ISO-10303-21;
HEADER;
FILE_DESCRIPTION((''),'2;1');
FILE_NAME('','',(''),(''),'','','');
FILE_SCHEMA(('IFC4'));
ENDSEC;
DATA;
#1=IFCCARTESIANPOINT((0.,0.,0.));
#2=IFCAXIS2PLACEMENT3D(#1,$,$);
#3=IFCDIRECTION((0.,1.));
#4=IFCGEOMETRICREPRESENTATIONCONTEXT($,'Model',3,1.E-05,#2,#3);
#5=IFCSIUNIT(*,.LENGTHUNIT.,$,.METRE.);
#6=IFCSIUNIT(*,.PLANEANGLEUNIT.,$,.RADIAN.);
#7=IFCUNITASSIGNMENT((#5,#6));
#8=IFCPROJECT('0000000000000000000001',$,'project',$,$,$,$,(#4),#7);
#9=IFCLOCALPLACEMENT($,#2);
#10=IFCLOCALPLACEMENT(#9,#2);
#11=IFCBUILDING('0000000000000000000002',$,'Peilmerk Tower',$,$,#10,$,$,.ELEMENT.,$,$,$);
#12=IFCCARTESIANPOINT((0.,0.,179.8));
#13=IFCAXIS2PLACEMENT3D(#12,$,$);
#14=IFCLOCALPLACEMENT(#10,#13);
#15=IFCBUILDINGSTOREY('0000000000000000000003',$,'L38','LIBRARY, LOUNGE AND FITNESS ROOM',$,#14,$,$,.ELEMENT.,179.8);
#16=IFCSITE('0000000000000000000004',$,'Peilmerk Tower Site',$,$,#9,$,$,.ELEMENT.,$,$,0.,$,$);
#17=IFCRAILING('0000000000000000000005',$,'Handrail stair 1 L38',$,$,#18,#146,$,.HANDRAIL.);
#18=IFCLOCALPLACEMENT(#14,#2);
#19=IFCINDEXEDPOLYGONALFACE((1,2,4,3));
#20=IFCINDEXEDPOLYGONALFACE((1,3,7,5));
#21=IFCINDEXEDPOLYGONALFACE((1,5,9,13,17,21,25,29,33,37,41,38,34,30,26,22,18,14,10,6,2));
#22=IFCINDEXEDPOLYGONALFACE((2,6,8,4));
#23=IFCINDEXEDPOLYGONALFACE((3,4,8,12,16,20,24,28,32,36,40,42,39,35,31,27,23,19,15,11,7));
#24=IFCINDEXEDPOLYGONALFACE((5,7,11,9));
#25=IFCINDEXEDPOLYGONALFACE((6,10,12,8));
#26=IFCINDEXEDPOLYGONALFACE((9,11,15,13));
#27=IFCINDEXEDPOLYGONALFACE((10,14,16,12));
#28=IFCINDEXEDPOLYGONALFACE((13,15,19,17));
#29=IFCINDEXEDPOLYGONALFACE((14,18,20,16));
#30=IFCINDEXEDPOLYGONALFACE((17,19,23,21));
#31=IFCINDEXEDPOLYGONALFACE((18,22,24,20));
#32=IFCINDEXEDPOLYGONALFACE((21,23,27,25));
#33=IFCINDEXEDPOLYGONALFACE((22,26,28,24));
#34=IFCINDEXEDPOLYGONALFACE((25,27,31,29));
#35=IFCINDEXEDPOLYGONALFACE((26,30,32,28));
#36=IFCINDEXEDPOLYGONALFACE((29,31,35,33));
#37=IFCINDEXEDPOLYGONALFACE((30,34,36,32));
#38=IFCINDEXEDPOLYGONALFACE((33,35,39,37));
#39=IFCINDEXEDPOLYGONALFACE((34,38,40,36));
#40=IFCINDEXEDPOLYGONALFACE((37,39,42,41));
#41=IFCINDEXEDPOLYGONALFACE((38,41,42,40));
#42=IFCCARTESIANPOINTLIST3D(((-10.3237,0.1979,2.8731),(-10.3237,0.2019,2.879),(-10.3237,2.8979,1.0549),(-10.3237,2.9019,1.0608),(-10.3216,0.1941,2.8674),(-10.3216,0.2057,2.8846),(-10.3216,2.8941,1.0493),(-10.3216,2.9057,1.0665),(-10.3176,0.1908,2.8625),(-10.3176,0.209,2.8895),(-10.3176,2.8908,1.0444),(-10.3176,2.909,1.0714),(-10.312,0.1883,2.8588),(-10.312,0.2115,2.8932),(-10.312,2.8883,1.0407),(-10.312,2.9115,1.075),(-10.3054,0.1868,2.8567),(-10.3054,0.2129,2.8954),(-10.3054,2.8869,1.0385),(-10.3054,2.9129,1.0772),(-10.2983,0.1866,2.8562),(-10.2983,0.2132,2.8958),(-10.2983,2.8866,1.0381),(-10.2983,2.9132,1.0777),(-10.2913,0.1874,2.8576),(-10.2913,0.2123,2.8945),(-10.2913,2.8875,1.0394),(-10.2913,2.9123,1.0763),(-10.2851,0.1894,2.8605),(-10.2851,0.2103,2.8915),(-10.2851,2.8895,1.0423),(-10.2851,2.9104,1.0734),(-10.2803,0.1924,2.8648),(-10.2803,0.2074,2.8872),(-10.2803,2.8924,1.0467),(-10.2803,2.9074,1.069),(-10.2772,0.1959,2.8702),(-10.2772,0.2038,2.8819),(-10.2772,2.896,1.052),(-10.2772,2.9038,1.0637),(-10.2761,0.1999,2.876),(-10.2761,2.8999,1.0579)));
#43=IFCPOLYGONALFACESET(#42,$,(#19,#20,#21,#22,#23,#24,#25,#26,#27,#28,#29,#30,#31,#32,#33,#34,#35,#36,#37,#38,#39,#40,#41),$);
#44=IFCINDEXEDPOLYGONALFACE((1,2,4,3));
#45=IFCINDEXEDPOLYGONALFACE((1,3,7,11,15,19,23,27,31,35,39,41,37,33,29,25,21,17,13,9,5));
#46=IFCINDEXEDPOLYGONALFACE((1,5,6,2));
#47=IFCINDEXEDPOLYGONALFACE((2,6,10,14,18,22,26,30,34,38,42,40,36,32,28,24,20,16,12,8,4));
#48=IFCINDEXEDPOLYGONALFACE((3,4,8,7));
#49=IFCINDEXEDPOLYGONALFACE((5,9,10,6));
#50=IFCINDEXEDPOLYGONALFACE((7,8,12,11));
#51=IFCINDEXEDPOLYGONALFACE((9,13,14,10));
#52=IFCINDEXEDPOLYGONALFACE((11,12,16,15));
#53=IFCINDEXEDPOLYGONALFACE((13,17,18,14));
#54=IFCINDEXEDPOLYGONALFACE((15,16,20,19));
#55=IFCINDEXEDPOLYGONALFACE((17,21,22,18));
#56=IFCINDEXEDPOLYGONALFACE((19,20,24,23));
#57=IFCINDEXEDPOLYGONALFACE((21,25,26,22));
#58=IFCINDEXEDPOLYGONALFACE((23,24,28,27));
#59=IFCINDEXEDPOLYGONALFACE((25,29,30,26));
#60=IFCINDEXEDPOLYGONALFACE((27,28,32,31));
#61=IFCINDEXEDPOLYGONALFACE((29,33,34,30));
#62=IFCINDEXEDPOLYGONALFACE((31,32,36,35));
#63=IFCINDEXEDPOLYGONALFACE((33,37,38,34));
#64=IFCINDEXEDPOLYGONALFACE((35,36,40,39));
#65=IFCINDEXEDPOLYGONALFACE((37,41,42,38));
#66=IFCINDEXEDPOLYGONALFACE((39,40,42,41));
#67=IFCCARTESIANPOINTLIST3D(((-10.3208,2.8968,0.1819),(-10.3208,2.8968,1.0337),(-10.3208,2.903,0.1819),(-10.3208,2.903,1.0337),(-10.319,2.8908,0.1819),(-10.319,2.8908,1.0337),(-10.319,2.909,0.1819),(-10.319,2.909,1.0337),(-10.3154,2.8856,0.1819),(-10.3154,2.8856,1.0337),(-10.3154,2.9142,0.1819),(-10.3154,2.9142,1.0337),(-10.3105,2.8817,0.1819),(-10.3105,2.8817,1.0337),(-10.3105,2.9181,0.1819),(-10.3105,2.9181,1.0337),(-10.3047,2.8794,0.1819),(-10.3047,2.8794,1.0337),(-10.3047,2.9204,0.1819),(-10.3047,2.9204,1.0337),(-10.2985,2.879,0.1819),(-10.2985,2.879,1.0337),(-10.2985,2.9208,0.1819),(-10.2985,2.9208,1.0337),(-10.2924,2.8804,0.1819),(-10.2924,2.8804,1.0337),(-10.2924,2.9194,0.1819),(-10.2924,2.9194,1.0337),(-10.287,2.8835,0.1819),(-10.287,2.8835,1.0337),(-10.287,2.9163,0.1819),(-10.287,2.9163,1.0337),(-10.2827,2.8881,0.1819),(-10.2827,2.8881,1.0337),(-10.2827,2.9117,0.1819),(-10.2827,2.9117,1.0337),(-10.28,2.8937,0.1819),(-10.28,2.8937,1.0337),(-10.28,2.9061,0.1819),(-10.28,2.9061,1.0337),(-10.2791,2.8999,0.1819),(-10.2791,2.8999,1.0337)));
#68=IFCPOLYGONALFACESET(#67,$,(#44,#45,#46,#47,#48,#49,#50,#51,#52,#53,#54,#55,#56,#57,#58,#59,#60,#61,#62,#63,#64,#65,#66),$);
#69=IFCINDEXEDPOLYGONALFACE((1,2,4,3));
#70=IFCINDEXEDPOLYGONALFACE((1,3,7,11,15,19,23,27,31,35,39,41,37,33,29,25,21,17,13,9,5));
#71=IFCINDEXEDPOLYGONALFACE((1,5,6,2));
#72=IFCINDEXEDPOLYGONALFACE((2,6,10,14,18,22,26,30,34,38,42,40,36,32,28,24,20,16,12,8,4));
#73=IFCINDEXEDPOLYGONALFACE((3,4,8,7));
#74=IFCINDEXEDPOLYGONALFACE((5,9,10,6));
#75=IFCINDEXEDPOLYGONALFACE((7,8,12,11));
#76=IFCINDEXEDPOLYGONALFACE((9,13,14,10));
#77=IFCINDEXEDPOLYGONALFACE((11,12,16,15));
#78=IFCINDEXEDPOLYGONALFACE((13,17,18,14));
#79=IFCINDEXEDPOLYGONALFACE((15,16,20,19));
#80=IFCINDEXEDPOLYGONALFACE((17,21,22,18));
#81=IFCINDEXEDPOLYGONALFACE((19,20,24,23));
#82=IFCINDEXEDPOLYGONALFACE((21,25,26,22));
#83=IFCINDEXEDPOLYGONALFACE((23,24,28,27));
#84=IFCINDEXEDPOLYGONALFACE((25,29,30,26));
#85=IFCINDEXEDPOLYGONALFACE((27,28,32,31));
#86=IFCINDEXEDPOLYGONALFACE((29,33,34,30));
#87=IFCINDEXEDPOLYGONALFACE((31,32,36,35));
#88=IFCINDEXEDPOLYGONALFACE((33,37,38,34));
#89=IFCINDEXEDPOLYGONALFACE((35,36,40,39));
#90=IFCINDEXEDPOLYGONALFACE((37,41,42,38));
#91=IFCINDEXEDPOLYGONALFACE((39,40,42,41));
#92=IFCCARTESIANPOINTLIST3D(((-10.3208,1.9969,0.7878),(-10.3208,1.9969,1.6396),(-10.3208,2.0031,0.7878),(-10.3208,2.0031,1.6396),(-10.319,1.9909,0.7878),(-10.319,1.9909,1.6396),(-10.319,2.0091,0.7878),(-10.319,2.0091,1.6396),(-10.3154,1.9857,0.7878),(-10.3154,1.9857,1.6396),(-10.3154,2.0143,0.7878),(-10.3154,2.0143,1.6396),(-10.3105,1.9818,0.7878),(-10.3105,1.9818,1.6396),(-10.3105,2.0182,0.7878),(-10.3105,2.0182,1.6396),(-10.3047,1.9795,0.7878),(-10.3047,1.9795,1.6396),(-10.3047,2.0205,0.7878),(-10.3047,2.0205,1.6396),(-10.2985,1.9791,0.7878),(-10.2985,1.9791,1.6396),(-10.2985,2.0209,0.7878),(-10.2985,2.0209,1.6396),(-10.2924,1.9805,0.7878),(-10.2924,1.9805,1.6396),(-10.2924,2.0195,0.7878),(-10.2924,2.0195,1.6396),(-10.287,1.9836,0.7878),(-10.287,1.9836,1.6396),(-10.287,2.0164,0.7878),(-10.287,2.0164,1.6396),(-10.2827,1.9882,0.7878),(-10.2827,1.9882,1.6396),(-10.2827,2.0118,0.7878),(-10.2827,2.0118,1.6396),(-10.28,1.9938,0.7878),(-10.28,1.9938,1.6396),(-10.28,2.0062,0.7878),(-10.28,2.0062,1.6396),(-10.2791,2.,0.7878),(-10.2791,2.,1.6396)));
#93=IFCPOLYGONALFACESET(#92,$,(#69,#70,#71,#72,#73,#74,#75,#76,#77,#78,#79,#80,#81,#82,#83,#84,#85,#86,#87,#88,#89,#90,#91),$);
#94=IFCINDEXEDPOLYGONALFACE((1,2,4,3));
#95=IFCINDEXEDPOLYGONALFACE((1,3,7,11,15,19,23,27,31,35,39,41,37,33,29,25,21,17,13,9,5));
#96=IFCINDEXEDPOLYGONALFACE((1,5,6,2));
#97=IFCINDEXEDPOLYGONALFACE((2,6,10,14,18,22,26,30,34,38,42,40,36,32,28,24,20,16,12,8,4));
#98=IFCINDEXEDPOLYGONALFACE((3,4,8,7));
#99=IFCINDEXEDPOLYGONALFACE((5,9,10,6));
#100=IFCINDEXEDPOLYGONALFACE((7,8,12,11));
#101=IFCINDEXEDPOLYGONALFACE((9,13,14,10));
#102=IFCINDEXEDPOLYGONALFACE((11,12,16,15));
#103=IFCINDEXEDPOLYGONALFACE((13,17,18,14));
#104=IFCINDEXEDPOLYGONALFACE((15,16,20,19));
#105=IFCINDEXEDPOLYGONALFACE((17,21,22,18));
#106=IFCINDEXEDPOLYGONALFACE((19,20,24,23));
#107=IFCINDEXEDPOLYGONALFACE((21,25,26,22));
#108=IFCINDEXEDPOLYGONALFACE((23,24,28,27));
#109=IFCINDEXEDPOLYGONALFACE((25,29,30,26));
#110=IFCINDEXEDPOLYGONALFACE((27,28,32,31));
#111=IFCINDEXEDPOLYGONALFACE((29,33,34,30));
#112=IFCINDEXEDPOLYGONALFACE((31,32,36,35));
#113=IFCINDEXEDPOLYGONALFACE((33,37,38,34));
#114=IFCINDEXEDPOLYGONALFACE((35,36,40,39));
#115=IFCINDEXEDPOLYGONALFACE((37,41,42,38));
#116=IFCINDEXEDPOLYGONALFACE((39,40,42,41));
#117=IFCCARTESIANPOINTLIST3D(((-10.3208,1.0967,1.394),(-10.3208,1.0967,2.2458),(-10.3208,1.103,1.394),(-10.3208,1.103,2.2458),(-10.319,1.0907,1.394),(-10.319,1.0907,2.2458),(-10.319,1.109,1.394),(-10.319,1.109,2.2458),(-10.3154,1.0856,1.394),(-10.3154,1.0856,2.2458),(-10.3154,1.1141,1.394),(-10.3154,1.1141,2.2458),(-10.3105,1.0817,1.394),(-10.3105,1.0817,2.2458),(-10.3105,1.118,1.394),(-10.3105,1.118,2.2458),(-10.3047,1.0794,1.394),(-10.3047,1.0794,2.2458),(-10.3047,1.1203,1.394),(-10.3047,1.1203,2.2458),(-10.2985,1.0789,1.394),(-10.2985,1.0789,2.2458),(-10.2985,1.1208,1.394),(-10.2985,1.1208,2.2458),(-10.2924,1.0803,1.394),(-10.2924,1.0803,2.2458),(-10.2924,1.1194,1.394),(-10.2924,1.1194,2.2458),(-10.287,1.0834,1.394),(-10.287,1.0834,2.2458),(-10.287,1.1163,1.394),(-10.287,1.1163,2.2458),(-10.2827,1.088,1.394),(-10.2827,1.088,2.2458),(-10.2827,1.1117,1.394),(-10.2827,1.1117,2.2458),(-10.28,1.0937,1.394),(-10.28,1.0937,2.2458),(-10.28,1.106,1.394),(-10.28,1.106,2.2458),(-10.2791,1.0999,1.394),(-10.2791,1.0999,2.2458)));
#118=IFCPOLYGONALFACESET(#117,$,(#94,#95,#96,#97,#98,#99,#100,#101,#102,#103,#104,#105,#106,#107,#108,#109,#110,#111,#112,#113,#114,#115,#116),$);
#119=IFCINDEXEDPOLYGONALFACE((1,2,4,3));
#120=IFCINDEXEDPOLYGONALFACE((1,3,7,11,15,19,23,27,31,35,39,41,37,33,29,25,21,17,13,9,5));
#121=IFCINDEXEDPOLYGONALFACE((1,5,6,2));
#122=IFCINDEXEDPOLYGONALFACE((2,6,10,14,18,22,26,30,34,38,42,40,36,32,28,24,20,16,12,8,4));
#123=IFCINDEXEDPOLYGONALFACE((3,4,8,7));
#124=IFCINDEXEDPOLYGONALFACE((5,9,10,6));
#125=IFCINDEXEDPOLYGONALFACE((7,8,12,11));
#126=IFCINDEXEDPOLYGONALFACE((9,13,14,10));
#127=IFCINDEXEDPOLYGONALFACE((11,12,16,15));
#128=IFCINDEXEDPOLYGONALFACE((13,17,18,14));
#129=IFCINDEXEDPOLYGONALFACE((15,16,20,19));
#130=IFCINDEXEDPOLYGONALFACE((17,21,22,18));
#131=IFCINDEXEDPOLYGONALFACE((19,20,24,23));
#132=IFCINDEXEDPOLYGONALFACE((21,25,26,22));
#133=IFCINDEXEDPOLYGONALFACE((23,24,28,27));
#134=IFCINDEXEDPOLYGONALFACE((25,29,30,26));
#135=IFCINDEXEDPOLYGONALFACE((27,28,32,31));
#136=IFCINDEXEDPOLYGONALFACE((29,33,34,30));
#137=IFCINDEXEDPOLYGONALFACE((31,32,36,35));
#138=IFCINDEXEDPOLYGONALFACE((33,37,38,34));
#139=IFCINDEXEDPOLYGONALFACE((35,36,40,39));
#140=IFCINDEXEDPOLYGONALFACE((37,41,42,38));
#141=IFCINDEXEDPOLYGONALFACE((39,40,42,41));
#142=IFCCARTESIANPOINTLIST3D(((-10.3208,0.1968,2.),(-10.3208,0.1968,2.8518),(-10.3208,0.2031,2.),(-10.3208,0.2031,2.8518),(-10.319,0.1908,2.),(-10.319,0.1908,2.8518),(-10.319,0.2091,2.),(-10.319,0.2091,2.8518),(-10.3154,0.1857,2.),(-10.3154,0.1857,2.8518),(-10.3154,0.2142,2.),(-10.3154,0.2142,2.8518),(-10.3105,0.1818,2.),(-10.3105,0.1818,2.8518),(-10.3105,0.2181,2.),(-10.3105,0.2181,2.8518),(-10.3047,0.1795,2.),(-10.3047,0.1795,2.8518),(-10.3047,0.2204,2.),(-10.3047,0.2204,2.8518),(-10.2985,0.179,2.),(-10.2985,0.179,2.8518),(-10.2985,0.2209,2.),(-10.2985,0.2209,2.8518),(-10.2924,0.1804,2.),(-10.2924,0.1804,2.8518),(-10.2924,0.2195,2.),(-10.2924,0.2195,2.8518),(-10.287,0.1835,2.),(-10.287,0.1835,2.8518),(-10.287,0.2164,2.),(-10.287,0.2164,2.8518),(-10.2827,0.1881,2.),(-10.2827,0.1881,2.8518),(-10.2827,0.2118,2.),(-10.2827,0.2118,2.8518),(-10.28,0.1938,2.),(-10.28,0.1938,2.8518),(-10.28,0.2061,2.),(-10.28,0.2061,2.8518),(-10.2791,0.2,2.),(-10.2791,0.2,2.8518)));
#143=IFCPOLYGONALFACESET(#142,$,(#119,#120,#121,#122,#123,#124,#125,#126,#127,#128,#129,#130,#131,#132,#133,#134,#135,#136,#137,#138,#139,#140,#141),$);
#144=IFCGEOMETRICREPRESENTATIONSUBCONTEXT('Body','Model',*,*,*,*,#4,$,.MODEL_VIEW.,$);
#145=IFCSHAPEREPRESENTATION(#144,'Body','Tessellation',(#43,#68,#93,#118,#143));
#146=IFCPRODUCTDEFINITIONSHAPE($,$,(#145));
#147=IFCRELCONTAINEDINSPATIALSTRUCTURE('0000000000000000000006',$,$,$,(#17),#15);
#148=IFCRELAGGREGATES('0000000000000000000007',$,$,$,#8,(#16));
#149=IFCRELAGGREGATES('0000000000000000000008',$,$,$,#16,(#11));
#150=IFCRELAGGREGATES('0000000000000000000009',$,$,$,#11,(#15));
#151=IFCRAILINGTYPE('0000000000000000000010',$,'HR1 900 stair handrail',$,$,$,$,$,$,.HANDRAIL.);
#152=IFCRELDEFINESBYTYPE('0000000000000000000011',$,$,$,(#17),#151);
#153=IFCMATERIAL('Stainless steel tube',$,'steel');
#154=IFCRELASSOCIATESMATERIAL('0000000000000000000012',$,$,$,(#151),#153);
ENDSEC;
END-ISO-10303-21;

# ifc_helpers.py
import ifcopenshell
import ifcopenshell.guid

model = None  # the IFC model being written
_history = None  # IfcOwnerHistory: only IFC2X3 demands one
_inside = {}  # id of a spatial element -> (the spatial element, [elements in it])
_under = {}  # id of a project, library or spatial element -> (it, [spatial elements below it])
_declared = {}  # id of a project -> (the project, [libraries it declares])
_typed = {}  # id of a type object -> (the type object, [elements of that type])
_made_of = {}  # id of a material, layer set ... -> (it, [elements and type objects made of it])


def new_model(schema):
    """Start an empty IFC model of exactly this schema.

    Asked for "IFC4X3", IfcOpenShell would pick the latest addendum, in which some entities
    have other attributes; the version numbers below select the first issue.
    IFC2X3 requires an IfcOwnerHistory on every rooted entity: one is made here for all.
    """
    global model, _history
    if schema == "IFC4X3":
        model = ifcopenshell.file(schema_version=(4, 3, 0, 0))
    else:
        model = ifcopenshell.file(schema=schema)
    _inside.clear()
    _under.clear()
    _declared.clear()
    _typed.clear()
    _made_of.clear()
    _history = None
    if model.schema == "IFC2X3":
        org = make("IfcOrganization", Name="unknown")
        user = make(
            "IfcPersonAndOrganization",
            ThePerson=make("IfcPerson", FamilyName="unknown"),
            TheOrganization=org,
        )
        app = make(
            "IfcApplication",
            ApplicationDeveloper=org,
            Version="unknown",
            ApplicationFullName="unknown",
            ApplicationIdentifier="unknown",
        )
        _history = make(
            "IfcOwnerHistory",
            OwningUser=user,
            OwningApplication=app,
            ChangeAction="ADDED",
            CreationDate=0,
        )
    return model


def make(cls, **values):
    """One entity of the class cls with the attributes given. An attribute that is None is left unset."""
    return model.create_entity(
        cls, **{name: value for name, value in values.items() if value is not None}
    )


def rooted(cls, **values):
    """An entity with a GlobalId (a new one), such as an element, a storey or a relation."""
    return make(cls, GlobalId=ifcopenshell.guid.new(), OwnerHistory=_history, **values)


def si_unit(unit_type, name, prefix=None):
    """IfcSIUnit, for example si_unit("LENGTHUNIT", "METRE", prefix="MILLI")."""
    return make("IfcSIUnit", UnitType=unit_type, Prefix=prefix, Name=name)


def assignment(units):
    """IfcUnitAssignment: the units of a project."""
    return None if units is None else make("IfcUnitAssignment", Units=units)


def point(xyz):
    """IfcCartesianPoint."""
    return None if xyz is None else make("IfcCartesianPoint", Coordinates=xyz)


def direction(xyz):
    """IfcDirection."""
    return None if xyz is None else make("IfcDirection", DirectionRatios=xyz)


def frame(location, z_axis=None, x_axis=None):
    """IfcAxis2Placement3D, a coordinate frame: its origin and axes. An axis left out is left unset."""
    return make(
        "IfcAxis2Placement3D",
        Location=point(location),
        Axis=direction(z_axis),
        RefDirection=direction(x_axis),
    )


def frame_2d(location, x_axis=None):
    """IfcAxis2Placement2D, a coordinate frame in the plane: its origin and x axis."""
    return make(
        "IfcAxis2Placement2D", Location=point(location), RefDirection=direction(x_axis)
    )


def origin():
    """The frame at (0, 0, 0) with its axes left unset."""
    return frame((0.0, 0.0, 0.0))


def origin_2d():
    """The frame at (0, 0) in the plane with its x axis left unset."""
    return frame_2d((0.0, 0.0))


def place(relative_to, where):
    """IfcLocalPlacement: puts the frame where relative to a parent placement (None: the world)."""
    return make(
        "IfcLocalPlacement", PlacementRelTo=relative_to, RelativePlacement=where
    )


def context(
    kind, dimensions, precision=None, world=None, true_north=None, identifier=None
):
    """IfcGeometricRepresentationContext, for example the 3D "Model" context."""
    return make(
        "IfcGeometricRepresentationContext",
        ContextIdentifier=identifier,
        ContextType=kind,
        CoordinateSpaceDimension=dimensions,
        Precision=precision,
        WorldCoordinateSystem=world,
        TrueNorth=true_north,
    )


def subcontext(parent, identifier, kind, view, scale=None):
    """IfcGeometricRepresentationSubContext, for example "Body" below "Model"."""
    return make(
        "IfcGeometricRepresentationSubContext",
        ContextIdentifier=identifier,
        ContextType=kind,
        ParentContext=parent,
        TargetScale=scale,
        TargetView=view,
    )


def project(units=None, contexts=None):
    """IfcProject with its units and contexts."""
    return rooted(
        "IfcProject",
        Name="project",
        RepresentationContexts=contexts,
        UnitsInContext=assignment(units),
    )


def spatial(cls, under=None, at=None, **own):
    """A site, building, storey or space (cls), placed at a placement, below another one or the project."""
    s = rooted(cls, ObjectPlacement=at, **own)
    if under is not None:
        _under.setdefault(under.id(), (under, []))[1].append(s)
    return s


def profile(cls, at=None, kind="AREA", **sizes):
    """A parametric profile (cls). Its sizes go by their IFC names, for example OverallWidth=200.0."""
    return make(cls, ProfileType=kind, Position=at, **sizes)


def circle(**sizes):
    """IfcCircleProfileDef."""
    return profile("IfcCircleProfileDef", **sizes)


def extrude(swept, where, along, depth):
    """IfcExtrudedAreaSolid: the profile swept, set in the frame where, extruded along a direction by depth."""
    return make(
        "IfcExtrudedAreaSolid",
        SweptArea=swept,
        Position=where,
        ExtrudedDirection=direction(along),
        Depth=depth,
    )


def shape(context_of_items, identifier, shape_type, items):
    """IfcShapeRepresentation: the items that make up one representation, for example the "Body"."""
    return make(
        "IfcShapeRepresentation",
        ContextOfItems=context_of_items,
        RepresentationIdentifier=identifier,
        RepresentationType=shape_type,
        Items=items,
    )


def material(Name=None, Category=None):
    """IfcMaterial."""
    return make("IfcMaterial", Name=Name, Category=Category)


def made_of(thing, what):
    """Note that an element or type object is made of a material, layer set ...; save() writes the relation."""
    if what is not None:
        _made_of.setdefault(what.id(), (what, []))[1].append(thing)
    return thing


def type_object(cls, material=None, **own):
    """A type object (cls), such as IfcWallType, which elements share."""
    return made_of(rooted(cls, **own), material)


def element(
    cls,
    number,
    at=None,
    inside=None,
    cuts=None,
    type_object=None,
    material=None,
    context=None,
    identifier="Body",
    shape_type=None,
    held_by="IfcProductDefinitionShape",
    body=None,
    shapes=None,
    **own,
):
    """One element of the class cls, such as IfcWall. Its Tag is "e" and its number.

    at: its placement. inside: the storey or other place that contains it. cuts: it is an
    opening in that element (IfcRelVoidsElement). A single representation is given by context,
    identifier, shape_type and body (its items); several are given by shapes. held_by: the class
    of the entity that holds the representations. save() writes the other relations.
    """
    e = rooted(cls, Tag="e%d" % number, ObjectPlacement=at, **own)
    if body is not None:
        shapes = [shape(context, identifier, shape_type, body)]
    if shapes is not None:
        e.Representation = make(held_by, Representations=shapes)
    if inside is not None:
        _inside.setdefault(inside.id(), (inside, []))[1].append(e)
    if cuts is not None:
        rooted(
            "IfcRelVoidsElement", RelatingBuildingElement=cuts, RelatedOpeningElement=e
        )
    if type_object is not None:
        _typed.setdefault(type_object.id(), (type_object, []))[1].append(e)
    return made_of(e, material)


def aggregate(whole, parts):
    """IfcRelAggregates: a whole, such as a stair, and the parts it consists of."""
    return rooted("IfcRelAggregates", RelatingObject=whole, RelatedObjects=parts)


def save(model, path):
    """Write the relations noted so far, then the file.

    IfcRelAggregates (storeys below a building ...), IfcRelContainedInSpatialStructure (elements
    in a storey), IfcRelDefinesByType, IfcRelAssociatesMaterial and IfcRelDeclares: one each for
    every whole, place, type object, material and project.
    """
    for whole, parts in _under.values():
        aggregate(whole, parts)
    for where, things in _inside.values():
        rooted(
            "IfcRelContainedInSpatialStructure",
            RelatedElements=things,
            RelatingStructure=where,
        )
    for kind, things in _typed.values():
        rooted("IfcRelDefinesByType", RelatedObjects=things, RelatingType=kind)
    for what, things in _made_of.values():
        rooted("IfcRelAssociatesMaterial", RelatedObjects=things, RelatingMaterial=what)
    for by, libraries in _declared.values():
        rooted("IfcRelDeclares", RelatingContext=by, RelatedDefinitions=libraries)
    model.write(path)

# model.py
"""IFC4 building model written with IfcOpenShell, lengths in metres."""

from ifc_helpers import new_model, si_unit, direction, frame, origin, origin_2d, place, context, subcontext, project, spatial, circle, extrude, material, type_object, element, save


model = new_model("IFC4")

# Units and contexts
model_context = context("Model", 3, precision=1e-05, world=origin(), true_north=direction((0.0, 1.0)))
body_context = subcontext(model_context, "Body", "Model", "MODEL_VIEW")
ifc_project = project(units=[si_unit("LENGTHUNIT", "METRE"), si_unit("PLANEANGLEUNIT", "RADIAN")], contexts=[model_context])

# Site, building, storey
site_placement = place(None, origin())
site = spatial("IfcSite", under=ifc_project, at=site_placement, Name="Peilmerk Tower Site", CompositionType="ELEMENT", RefElevation=0.0)
building_placement = place(site_placement, origin())
building = spatial("IfcBuilding", under=site, at=building_placement, Name="Peilmerk Tower", CompositionType="ELEMENT")
storey_placement = place(building_placement, frame((0.0, 0.0, 179.8)))
storey = spatial("IfcBuildingStorey", under=building, at=storey_placement, Name="L38", Description="LIBRARY, LOUNGE AND FITNESS ROOM", CompositionType="ELEMENT", Elevation=179.8)

# Railing
ifc_material_1 = material(Name="Stainless steel tube", Category="steel")
railing_type_1 = type_object("IfcRailingType", Name="HR1 900 stair handrail", PredefinedType="HANDRAIL", material=ifc_material_1)
railing_1_placement = place(storey_placement, frame((-10.3, 2.8999, 0.1819)))
element("IfcRailing", 1, at=railing_1_placement, inside=storey, type_object=railing_type_1, Name="Handrail stair 1 L38", PredefinedType="HANDRAIL", context=body_context, shape_type="SweptSolid", body=[
    extrude(circle(Radius=0.0239, at=origin_2d()), frame((0.0, 0.0, 0.876), z_axis=(0.0, -0.829468, 0.558554), x_axis=(1.0, 0.0, 0.0)), (0.0, 0.0, 1.0), 3.2551),
    extrude(circle(Radius=0.021, at=origin_2d()), origin(), (0.0, 0.0, 1.0), 0.8518),
    extrude(circle(Radius=0.021, at=origin_2d()), frame((0.0, -0.8999, 0.606)), (0.0, 0.0, 1.0), 0.8518),
    extrude(circle(Radius=0.021, at=origin_2d()), frame((0.0, -1.8, 1.2122)), (0.0, 0.0, 1.0), 0.8518),
    extrude(circle(Radius=0.021, at=origin_2d()), frame((0.0, -2.7, 1.8181)), (0.0, 0.0, 1.0), 0.8518),
])

save(model, "model.ifc")
